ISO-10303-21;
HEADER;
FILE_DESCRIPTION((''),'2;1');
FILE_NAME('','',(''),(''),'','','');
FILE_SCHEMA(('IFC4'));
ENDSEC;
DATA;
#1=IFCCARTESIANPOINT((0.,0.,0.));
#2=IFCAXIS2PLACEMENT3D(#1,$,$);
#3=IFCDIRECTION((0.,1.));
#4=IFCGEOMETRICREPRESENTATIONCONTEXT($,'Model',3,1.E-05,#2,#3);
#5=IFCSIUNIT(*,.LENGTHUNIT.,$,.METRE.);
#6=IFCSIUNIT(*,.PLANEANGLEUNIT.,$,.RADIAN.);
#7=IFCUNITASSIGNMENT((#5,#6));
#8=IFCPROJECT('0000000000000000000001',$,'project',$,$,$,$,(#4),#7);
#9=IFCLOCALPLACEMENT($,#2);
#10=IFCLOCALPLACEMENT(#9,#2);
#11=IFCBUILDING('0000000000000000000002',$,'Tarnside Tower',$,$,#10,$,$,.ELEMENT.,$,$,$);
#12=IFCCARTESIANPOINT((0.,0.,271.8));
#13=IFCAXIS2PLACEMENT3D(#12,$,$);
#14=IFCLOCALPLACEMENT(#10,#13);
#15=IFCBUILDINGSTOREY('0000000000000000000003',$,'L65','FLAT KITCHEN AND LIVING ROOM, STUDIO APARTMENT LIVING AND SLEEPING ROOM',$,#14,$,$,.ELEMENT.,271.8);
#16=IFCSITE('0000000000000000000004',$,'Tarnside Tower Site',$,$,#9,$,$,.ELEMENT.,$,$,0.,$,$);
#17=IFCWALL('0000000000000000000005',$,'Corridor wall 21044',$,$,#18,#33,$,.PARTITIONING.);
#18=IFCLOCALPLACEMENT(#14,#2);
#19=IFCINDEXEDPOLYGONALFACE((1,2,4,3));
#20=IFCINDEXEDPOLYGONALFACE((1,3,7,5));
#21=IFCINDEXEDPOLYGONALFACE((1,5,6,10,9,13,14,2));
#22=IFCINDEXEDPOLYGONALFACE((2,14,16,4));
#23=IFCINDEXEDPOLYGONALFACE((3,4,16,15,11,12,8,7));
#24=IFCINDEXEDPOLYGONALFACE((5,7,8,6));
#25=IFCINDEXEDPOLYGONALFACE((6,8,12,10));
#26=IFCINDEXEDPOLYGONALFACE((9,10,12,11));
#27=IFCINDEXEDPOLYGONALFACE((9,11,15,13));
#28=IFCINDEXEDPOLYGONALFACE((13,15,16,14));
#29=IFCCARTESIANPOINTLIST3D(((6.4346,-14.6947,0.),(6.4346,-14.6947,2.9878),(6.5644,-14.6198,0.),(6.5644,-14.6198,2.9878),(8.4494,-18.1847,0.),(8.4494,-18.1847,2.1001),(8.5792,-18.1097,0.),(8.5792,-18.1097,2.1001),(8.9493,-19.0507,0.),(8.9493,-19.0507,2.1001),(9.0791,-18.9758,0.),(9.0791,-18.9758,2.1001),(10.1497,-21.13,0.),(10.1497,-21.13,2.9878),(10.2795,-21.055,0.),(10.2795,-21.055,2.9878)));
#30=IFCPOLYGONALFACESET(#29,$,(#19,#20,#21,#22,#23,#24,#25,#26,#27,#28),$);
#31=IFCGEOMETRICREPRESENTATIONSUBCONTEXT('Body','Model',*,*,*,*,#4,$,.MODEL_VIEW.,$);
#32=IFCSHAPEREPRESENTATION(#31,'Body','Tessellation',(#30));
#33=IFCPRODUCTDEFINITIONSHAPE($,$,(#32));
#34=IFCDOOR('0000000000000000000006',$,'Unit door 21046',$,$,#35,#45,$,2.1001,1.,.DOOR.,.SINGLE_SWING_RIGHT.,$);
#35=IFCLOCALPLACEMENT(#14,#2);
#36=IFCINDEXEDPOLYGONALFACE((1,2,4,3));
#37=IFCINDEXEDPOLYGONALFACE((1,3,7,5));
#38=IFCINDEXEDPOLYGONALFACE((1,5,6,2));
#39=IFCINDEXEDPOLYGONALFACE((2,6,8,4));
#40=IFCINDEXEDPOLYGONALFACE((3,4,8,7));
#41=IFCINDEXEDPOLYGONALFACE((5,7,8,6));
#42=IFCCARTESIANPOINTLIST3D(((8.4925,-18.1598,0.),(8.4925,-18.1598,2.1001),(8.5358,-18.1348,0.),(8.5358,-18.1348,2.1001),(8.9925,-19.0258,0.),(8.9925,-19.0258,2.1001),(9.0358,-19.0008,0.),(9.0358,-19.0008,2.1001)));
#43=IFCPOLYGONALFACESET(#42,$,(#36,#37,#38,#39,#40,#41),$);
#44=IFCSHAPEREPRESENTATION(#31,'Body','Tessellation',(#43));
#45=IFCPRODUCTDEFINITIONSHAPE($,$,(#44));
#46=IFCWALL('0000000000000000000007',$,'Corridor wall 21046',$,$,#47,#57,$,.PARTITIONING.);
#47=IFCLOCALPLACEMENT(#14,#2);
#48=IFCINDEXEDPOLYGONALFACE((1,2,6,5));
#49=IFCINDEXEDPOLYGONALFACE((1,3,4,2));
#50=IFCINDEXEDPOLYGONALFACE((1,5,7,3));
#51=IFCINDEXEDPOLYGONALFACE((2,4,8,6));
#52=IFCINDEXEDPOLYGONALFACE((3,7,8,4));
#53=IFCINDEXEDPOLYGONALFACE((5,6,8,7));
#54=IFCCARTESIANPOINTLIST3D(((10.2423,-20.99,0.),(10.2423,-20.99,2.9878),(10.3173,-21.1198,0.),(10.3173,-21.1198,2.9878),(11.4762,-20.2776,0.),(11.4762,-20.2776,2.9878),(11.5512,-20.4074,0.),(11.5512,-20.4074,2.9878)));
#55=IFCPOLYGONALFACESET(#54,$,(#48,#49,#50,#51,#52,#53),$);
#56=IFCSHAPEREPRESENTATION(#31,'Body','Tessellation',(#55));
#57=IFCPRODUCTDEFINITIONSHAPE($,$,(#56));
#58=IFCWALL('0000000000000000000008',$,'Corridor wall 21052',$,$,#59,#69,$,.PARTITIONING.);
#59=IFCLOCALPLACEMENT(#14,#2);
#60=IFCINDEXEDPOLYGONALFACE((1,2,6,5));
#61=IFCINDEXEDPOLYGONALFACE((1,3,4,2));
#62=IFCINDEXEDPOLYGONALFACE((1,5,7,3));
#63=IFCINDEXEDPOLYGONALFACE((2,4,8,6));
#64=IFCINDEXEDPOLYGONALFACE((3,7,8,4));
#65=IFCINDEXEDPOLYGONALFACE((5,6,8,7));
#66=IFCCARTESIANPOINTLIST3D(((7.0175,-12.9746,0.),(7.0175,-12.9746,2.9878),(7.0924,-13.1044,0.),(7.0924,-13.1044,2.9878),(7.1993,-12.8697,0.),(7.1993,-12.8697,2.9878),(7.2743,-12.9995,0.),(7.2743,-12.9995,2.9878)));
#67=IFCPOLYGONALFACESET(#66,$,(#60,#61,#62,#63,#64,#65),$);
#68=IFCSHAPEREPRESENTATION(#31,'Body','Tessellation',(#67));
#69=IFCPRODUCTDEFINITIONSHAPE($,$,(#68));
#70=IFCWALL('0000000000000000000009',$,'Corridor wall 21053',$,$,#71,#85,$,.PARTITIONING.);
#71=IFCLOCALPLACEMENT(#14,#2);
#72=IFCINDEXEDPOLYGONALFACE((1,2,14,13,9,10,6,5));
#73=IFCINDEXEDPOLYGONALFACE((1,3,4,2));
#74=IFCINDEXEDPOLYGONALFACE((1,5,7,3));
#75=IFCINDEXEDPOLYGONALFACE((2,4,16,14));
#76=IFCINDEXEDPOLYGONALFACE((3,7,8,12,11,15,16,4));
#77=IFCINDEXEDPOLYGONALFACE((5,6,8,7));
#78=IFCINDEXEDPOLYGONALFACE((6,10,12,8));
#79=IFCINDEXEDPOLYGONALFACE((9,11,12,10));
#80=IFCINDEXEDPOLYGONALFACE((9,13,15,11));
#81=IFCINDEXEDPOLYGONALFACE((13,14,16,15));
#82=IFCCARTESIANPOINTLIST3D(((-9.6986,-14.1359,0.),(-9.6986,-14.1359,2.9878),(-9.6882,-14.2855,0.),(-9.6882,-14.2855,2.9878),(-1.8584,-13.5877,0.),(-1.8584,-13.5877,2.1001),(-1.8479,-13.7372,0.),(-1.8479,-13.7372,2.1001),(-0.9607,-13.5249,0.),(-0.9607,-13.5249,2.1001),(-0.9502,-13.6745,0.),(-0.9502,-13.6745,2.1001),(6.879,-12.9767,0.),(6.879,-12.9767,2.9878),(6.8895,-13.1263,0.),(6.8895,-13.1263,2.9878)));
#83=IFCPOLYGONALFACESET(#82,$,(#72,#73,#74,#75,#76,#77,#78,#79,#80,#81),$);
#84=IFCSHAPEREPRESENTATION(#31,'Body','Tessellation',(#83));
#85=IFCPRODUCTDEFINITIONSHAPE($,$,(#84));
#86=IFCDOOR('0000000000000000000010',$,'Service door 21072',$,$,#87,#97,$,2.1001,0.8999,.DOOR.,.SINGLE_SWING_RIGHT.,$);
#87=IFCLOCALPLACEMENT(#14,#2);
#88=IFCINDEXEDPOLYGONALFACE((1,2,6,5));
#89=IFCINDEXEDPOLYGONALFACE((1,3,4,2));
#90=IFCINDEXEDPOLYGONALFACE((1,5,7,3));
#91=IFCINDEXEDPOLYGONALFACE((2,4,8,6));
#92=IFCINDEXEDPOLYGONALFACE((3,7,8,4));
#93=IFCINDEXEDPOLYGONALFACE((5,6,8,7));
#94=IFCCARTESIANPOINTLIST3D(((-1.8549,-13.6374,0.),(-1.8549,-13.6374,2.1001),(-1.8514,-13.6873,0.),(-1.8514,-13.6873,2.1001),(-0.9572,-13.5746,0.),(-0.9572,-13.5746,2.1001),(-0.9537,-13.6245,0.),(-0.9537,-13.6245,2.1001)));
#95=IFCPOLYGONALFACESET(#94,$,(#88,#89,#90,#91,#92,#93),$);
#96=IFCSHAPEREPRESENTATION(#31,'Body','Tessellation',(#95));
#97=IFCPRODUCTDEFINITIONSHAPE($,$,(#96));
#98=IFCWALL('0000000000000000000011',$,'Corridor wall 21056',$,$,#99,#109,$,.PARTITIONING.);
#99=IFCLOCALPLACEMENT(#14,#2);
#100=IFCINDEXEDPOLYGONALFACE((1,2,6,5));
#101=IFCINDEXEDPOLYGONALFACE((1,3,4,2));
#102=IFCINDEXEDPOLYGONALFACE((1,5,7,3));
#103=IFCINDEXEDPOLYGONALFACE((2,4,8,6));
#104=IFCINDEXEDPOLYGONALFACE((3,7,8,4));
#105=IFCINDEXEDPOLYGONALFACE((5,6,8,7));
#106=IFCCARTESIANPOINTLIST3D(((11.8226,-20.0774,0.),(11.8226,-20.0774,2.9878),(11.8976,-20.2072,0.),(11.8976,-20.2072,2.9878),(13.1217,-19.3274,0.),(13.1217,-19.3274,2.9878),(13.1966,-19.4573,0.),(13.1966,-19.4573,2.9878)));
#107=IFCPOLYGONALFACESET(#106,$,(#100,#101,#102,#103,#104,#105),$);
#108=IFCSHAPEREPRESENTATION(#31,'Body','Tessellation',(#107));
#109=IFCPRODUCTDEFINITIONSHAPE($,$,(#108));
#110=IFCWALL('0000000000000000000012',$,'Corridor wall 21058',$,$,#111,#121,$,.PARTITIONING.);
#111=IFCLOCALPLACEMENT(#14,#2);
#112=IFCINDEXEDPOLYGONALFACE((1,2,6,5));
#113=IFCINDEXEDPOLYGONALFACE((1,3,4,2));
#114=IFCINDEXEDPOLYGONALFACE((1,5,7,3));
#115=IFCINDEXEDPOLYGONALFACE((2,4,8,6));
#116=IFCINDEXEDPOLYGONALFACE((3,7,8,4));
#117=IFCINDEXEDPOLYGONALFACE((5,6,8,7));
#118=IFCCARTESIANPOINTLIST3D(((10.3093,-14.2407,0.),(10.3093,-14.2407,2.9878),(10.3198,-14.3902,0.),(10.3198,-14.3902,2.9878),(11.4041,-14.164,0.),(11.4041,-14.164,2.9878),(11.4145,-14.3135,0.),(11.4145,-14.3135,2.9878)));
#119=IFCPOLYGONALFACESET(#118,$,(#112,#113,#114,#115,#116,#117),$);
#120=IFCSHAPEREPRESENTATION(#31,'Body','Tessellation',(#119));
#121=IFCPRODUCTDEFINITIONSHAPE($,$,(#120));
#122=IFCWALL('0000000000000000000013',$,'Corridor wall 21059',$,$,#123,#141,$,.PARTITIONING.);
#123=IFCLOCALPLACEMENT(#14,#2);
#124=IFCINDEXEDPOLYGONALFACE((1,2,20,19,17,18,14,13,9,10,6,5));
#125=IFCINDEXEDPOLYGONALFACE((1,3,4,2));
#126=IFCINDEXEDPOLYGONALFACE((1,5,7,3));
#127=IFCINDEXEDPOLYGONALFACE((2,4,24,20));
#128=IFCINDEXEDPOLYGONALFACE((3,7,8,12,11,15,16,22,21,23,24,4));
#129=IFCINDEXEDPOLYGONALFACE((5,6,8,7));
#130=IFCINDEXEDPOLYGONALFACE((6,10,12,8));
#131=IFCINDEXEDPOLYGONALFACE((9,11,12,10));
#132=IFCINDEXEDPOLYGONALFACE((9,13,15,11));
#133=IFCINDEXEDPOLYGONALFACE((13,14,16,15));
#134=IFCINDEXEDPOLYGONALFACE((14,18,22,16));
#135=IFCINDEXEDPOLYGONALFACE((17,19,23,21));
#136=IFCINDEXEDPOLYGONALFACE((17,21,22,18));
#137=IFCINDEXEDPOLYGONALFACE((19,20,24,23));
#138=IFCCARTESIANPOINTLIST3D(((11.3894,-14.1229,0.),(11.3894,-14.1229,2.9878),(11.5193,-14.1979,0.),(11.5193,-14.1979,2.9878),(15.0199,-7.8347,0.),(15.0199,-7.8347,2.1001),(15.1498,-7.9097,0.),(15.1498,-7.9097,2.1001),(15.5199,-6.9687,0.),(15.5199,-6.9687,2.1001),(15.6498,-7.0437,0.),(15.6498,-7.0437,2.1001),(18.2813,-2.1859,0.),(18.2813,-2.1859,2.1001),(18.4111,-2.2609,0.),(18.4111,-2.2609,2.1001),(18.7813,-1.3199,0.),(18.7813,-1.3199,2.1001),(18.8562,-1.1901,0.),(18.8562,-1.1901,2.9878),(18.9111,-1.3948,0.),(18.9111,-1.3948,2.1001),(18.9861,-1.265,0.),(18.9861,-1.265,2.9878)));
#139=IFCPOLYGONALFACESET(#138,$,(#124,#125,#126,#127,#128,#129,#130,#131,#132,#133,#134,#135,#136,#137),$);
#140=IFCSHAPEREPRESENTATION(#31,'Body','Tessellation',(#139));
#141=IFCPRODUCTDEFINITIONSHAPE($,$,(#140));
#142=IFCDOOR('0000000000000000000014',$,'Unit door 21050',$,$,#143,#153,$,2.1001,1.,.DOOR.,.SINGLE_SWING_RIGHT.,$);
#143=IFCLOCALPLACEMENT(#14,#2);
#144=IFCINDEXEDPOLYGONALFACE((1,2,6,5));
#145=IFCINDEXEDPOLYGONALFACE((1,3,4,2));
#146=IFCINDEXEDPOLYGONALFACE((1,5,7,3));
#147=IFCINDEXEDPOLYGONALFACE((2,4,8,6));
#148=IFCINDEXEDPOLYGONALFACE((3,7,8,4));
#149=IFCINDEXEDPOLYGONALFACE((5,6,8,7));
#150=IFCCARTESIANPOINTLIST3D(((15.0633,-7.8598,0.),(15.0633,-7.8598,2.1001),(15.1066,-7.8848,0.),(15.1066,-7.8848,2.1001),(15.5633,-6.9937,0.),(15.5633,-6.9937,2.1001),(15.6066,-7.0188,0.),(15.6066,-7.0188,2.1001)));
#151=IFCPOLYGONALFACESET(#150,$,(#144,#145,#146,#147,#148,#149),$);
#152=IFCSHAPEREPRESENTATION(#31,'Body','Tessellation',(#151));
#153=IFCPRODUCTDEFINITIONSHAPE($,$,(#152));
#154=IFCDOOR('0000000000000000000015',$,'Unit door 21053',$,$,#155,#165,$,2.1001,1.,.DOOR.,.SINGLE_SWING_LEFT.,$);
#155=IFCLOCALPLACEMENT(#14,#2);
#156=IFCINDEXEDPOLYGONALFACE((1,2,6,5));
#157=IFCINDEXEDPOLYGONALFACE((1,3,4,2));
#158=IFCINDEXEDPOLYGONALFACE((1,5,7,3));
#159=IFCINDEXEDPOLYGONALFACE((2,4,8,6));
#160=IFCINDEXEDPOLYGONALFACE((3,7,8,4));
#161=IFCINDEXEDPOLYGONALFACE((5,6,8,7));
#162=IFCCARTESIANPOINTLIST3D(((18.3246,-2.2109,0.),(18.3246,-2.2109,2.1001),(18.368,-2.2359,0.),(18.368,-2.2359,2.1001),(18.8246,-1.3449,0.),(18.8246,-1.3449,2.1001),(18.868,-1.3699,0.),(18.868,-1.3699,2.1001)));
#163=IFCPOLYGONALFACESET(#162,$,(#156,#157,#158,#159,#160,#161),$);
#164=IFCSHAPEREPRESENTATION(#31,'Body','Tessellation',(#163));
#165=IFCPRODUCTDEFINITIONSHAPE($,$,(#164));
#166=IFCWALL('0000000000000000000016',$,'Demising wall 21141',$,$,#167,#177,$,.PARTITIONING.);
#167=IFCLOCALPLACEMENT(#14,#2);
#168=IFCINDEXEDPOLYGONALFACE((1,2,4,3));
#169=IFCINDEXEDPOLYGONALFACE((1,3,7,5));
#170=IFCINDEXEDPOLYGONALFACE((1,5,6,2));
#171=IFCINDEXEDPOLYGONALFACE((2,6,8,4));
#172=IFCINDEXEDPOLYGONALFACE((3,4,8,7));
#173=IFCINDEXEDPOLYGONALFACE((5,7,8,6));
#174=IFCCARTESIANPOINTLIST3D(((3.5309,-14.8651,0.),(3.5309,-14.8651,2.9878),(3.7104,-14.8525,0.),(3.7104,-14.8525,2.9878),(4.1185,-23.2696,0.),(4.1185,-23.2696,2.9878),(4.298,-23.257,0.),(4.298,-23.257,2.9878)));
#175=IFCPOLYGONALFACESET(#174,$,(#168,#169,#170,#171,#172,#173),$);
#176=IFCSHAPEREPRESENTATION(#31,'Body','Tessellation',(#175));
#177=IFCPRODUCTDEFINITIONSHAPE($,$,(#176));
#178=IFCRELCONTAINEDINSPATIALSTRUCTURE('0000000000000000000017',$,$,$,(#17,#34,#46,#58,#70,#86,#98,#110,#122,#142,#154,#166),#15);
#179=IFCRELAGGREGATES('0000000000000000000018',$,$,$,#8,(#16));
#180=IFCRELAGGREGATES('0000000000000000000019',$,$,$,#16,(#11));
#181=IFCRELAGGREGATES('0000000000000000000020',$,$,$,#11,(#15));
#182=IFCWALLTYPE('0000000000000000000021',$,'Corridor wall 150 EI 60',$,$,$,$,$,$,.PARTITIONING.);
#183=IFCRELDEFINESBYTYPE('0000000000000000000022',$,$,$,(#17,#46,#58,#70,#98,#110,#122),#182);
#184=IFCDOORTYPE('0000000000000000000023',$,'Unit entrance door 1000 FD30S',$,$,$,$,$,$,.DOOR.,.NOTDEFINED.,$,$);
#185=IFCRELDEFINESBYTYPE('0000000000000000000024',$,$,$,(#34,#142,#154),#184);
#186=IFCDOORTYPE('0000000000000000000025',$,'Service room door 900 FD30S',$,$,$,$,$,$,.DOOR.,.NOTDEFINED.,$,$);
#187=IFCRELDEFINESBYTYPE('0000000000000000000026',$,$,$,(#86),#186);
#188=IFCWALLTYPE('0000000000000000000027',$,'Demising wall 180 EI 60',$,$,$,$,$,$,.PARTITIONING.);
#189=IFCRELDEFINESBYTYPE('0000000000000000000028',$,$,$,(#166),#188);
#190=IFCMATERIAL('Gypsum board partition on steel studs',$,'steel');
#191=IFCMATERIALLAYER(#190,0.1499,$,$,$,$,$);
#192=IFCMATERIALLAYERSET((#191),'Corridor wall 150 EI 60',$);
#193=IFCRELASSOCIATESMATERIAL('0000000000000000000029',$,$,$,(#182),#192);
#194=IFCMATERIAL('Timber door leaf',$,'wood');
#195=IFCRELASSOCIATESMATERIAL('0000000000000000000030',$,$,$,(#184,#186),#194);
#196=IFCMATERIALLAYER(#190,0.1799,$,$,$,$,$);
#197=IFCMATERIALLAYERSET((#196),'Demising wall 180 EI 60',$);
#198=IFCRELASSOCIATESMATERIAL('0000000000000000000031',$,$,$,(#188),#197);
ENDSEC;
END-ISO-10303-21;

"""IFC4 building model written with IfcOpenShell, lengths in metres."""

from ifc_helpers import new_model, si_unit, direction, frame, frame_2d, origin, place, context, subcontext, project, spatial, rectangle, extrude, material, layer, layer_set, type_object, element, fill, save


model = new_model("IFC4")

# Units and contexts
model_context = context("Model", 3, precision=1e-05, world=origin(), true_north=direction((0.0, 1.0)))
body_context = subcontext(model_context, "Body", "Model", "MODEL_VIEW")
ifc_project = project(units=[si_unit("LENGTHUNIT", "METRE"), si_unit("PLANEANGLEUNIT", "RADIAN")], contexts=[model_context])

# Site, building, storey
site_placement = place(None, origin())
site = spatial("IfcSite", under=ifc_project, at=site_placement, Name="Tarnside Tower Site", CompositionType="ELEMENT", RefElevation=0.0)
building_placement = place(site_placement, origin())
building = spatial("IfcBuilding", under=site, at=building_placement, Name="Tarnside Tower", CompositionType="ELEMENT")
storey_placement = place(building_placement, frame((0.0, 0.0, 271.8)))
storey = spatial("IfcBuildingStorey", under=building, at=storey_placement, Name="L65", Description="FLAT KITCHEN AND LIVING ROOM, STUDIO APARTMENT LIVING AND SLEEPING ROOM", CompositionType="ELEMENT", Elevation=271.8)

# Wall, opening, door
ifc_material_1 = material(Name="Gypsum board partition on steel studs", Category="steel")
ifc_layer_1 = layer(ifc_material_1, 0.1499)
ifc_layer_set_1 = layer_set([ifc_layer_1], Name="Corridor wall 150 EI 60")
wall_type_1 = type_object("IfcWallType", Name="Corridor wall 150 EI 60", PredefinedType="PARTITIONING", material=ifc_layer_set_1)
wall_1_placement = place(storey_placement, frame((6.4995, -14.6572, 0.0), z_axis=(0.0, 0.0, 1.0), x_axis=(0.499966, -0.866045, 0.0)))
wall_1 = element("IfcWall", 1, at=wall_1_placement, inside=storey, type_object=wall_type_1, Name="Corridor wall 21044", PredefinedType="PARTITIONING", context=body_context, shape_type="SweptSolid", body=[
    extrude(rectangle(XDim=7.4307, YDim=0.1499, at=frame_2d((3.7153, 0.0))), origin(), (0.0, 0.0, 1.0), 2.9878),
])
opening_1_placement = place(wall_1_placement, frame((4.0298, 0.0, 0.0)))
opening_1 = element("IfcOpeningElement", 2, at=opening_1_placement, cuts=wall_1, PredefinedType="OPENING", context=body_context, shape_type="SweptSolid", body=[
    extrude(rectangle(XDim=1.0, YDim=2.1001, at=frame_2d((0.5, 1.05))), frame((0.0, 0.085, 0.0), z_axis=(0.0, -1.0, 0.0), x_axis=(1.0, 0.0, 0.0)), (0.0, 0.0, 1.0), 0.1699),
])
ifc_material_2 = material(Name="Timber door leaf", Category="wood")
door_type_1 = type_object("IfcDoorType", Name="Unit entrance door 1000 FD30S", OperationType="NOTDEFINED", PredefinedType="DOOR", material=ifc_material_2)
door_1_placement = place(opening_1_placement, origin())
door_1 = element("IfcDoor", 3, at=door_1_placement, inside=storey, type_object=door_type_1, Name="Unit door 21046", OperationType="SINGLE_SWING_RIGHT", OverallHeight=2.1001, OverallWidth=1.0, PredefinedType="DOOR", context=body_context, shape_type="SweptSolid", body=[
    extrude(rectangle(XDim=1.0, YDim=2.1001, at=frame_2d((0.5, 1.05))), frame((0.0, 0.0249, 0.0), z_axis=(0.0, -1.0, 0.0), x_axis=(1.0, 0.0, 0.0)), (0.0, 0.0, 1.0), 0.05),
])
fill(opening_1, door_1)

# Walls
wall_2_placement = place(storey_placement, frame((10.2798, -21.0549, 0.0), z_axis=(0.0, 0.0, 1.0), x_axis=(0.86602, 0.500009, 0.0)))
element("IfcWall", 4, at=wall_2_placement, inside=storey, type_object=wall_type_1, Name="Corridor wall 21046", PredefinedType="PARTITIONING", context=body_context, shape_type="SweptSolid", body=[
    extrude(rectangle(XDim=1.4248, YDim=0.1499, at=frame_2d((0.7124, 0.0))), origin(), (0.0, 0.0, 1.0), 2.9878),
])
wall_3_placement = place(storey_placement, frame((7.2368, -12.9346, 0.0), z_axis=(0.0, 0.0, 1.0), x_axis=(-0.866089, -0.49989, 0.0)))
element("IfcWall", 5, at=wall_3_placement, inside=storey, type_object=wall_type_1, Name="Corridor wall 21052", PredefinedType="PARTITIONING", context=body_context, shape_type="SweptSolid", body=[
    extrude(rectangle(XDim=0.21, YDim=0.1499, at=frame_2d((0.105, 0.0))), origin(), (0.0, 0.0, 1.0), 2.9878),
])

# Wall, opening, door
wall_4_placement = place(storey_placement, frame((6.8843, -13.0515, 0.0), z_axis=(0.0, 0.0, 1.0), x_axis=(-0.997564, -0.069754, 0.0)))
wall_4 = element("IfcWall", 6, at=wall_4_placement, inside=storey, type_object=wall_type_1, Name="Corridor wall 21053", PredefinedType="PARTITIONING", context=body_context, shape_type="SweptSolid", body=[
    extrude(rectangle(XDim=16.6182, YDim=0.1499, at=frame_2d((8.3091, 0.0))), origin(), (0.0, 0.0, 1.0), 2.9878),
])
opening_2_placement = place(wall_4_placement, frame((7.8589, 0.0, 0.0)))
opening_2 = element("IfcOpeningElement", 7, at=opening_2_placement, cuts=wall_4, PredefinedType="OPENING", context=body_context, shape_type="SweptSolid", body=[
    extrude(rectangle(XDim=0.8999, YDim=2.1001, at=frame_2d((0.45, 1.05))), frame((0.0, 0.085, 0.0), z_axis=(0.0, -1.0, 0.0), x_axis=(1.0, 0.0, 0.0)), (0.0, 0.0, 1.0), 0.1699),
])
door_type_2 = type_object("IfcDoorType", Name="Service room door 900 FD30S", OperationType="NOTDEFINED", PredefinedType="DOOR", material=ifc_material_2)
door_2_placement = place(opening_2_placement, origin())
door_2 = element("IfcDoor", 8, at=door_2_placement, inside=storey, type_object=door_type_2, Name="Service door 21072", OperationType="SINGLE_SWING_RIGHT", OverallHeight=2.1001, OverallWidth=0.8999, PredefinedType="DOOR", context=body_context, shape_type="SweptSolid", body=[
    extrude(rectangle(XDim=0.8999, YDim=2.1001, at=frame_2d((0.45, 1.05))), frame((0.0, 0.0249, 0.0), z_axis=(0.0, -1.0, 0.0), x_axis=(1.0, 0.0, 0.0)), (0.0, 0.0, 1.0), 0.05),
])
fill(opening_2, door_2)

# Walls
wall_5_placement = place(storey_placement, frame((11.8601, -20.1423, 0.0), z_axis=(0.0, 0.0, 1.0), x_axis=(0.866031, 0.49999, 0.0)))
element("IfcWall", 9, at=wall_5_placement, inside=storey, type_object=wall_type_1, Name="Corridor wall 21056", PredefinedType="PARTITIONING", context=body_context, shape_type="SweptSolid", body=[
    extrude(rectangle(XDim=1.5, YDim=0.1499, at=frame_2d((0.75, 0.0))), origin(), (0.0, 0.0, 1.0), 2.9878),
])
wall_6_placement = place(storey_placement, frame((10.3145, -14.3154, 0.0), z_axis=(0.0, 0.0, 1.0), x_axis=(0.997557, 0.069856, 0.0)))
element("IfcWall", 10, at=wall_6_placement, inside=storey, type_object=wall_type_1, Name="Corridor wall 21058", PredefinedType="PARTITIONING", context=body_context, shape_type="SweptSolid", body=[
    extrude(rectangle(XDim=1.0974, YDim=0.1499, at=frame_2d((0.5488, 0.0))), origin(), (0.0, 0.0, 1.0), 2.9878),
])

# Wall, openings, doors
wall_7_placement = place(storey_placement, frame((11.4543, -14.1604, 0.0), z_axis=(0.0, 0.0, 1.0), x_axis=(0.5, 0.866025, 0.0)))
wall_7 = element("IfcWall", 11, at=wall_7_placement, inside=storey, type_object=wall_type_1, Name="Corridor wall 21059", PredefinedType="PARTITIONING", context=body_context, shape_type="SweptSolid", body=[
    extrude(rectangle(XDim=14.9336, YDim=0.1499, at=frame_2d((7.4668, 0.0))), origin(), (0.0, 0.0, 1.0), 2.9878),
])
opening_3_placement = place(wall_7_placement, frame((7.261, 0.0, 0.0)))
opening_3 = element("IfcOpeningElement", 12, at=opening_3_placement, cuts=wall_7, PredefinedType="OPENING", context=body_context, shape_type="SweptSolid", body=[
    extrude(rectangle(XDim=1.0, YDim=2.1001, at=frame_2d((0.5, 1.05))), frame((0.0, 0.085, 0.0), z_axis=(0.0, -1.0, 0.0), x_axis=(1.0, 0.0, 0.0)), (0.0, 0.0, 1.0), 0.1699),
])
opening_4_placement = place(wall_7_placement, frame((13.7837, 0.0, 0.0)))
opening_4 = element("IfcOpeningElement", 13, at=opening_4_placement, cuts=wall_7, PredefinedType="OPENING", context=body_context, shape_type="SweptSolid", body=[
    extrude(rectangle(XDim=1.0, YDim=2.1001, at=frame_2d((0.5, 1.05))), frame((0.0, 0.085, 0.0), z_axis=(0.0, -1.0, 0.0), x_axis=(1.0, 0.0, 0.0)), (0.0, 0.0, 1.0), 0.1699),
])
door_3_placement = place(opening_3_placement, origin())
door_3 = element("IfcDoor", 14, at=door_3_placement, inside=storey, type_object=door_type_1, Name="Unit door 21050", OperationType="SINGLE_SWING_RIGHT", OverallHeight=2.1001, OverallWidth=1.0, PredefinedType="DOOR", context=body_context, shape_type="SweptSolid", body=[
    extrude(rectangle(XDim=1.0, YDim=2.1001, at=frame_2d((0.5, 1.05))), frame((0.0, 0.0249, 0.0), z_axis=(0.0, -1.0, 0.0), x_axis=(1.0, 0.0, 0.0)), (0.0, 0.0, 1.0), 0.05),
])
fill(opening_3, door_3)
door_4_placement = place(opening_4_placement, origin())
door_4 = element("IfcDoor", 15, at=door_4_placement, inside=storey, type_object=door_type_1, Name="Unit door 21053", OperationType="SINGLE_SWING_LEFT", OverallHeight=2.1001, OverallWidth=1.0, PredefinedType="DOOR", context=body_context, shape_type="SweptSolid", body=[
    extrude(rectangle(XDim=1.0, YDim=2.1001, at=frame_2d((0.5, 1.05))), frame((0.0, 0.0249, 0.0), z_axis=(0.0, -1.0, 0.0), x_axis=(1.0, 0.0, 0.0)), (0.0, 0.0, 1.0), 0.05),
])
fill(opening_4, door_4)

# Wall
ifc_layer_2 = layer(ifc_material_1, 0.1799)
ifc_layer_set_2 = layer_set([ifc_layer_2], Name="Demising wall 180 EI 60")
wall_type_2 = type_object("IfcWallType", Name="Demising wall 180 EI 60", PredefinedType="PARTITIONING", material=ifc_layer_set_2)
wall_8_placement = place(storey_placement, frame((4.2083, -23.2632, 0.0), z_axis=(0.0, 0.0, 1.0), x_axis=(-0.06975, 0.997565, 0.0)))
element("IfcWall", 16, at=wall_8_placement, inside=storey, type_object=wall_type_2, Name="Demising wall 21141", PredefinedType="PARTITIONING", context=body_context, shape_type="SweptSolid", body=[
    extrude(rectangle(XDim=8.425, YDim=0.1799, at=frame_2d((4.2124, 0.0))), origin(), (0.0, 0.0, 1.0), 2.9878),
])

save(model, "model.ifc")
